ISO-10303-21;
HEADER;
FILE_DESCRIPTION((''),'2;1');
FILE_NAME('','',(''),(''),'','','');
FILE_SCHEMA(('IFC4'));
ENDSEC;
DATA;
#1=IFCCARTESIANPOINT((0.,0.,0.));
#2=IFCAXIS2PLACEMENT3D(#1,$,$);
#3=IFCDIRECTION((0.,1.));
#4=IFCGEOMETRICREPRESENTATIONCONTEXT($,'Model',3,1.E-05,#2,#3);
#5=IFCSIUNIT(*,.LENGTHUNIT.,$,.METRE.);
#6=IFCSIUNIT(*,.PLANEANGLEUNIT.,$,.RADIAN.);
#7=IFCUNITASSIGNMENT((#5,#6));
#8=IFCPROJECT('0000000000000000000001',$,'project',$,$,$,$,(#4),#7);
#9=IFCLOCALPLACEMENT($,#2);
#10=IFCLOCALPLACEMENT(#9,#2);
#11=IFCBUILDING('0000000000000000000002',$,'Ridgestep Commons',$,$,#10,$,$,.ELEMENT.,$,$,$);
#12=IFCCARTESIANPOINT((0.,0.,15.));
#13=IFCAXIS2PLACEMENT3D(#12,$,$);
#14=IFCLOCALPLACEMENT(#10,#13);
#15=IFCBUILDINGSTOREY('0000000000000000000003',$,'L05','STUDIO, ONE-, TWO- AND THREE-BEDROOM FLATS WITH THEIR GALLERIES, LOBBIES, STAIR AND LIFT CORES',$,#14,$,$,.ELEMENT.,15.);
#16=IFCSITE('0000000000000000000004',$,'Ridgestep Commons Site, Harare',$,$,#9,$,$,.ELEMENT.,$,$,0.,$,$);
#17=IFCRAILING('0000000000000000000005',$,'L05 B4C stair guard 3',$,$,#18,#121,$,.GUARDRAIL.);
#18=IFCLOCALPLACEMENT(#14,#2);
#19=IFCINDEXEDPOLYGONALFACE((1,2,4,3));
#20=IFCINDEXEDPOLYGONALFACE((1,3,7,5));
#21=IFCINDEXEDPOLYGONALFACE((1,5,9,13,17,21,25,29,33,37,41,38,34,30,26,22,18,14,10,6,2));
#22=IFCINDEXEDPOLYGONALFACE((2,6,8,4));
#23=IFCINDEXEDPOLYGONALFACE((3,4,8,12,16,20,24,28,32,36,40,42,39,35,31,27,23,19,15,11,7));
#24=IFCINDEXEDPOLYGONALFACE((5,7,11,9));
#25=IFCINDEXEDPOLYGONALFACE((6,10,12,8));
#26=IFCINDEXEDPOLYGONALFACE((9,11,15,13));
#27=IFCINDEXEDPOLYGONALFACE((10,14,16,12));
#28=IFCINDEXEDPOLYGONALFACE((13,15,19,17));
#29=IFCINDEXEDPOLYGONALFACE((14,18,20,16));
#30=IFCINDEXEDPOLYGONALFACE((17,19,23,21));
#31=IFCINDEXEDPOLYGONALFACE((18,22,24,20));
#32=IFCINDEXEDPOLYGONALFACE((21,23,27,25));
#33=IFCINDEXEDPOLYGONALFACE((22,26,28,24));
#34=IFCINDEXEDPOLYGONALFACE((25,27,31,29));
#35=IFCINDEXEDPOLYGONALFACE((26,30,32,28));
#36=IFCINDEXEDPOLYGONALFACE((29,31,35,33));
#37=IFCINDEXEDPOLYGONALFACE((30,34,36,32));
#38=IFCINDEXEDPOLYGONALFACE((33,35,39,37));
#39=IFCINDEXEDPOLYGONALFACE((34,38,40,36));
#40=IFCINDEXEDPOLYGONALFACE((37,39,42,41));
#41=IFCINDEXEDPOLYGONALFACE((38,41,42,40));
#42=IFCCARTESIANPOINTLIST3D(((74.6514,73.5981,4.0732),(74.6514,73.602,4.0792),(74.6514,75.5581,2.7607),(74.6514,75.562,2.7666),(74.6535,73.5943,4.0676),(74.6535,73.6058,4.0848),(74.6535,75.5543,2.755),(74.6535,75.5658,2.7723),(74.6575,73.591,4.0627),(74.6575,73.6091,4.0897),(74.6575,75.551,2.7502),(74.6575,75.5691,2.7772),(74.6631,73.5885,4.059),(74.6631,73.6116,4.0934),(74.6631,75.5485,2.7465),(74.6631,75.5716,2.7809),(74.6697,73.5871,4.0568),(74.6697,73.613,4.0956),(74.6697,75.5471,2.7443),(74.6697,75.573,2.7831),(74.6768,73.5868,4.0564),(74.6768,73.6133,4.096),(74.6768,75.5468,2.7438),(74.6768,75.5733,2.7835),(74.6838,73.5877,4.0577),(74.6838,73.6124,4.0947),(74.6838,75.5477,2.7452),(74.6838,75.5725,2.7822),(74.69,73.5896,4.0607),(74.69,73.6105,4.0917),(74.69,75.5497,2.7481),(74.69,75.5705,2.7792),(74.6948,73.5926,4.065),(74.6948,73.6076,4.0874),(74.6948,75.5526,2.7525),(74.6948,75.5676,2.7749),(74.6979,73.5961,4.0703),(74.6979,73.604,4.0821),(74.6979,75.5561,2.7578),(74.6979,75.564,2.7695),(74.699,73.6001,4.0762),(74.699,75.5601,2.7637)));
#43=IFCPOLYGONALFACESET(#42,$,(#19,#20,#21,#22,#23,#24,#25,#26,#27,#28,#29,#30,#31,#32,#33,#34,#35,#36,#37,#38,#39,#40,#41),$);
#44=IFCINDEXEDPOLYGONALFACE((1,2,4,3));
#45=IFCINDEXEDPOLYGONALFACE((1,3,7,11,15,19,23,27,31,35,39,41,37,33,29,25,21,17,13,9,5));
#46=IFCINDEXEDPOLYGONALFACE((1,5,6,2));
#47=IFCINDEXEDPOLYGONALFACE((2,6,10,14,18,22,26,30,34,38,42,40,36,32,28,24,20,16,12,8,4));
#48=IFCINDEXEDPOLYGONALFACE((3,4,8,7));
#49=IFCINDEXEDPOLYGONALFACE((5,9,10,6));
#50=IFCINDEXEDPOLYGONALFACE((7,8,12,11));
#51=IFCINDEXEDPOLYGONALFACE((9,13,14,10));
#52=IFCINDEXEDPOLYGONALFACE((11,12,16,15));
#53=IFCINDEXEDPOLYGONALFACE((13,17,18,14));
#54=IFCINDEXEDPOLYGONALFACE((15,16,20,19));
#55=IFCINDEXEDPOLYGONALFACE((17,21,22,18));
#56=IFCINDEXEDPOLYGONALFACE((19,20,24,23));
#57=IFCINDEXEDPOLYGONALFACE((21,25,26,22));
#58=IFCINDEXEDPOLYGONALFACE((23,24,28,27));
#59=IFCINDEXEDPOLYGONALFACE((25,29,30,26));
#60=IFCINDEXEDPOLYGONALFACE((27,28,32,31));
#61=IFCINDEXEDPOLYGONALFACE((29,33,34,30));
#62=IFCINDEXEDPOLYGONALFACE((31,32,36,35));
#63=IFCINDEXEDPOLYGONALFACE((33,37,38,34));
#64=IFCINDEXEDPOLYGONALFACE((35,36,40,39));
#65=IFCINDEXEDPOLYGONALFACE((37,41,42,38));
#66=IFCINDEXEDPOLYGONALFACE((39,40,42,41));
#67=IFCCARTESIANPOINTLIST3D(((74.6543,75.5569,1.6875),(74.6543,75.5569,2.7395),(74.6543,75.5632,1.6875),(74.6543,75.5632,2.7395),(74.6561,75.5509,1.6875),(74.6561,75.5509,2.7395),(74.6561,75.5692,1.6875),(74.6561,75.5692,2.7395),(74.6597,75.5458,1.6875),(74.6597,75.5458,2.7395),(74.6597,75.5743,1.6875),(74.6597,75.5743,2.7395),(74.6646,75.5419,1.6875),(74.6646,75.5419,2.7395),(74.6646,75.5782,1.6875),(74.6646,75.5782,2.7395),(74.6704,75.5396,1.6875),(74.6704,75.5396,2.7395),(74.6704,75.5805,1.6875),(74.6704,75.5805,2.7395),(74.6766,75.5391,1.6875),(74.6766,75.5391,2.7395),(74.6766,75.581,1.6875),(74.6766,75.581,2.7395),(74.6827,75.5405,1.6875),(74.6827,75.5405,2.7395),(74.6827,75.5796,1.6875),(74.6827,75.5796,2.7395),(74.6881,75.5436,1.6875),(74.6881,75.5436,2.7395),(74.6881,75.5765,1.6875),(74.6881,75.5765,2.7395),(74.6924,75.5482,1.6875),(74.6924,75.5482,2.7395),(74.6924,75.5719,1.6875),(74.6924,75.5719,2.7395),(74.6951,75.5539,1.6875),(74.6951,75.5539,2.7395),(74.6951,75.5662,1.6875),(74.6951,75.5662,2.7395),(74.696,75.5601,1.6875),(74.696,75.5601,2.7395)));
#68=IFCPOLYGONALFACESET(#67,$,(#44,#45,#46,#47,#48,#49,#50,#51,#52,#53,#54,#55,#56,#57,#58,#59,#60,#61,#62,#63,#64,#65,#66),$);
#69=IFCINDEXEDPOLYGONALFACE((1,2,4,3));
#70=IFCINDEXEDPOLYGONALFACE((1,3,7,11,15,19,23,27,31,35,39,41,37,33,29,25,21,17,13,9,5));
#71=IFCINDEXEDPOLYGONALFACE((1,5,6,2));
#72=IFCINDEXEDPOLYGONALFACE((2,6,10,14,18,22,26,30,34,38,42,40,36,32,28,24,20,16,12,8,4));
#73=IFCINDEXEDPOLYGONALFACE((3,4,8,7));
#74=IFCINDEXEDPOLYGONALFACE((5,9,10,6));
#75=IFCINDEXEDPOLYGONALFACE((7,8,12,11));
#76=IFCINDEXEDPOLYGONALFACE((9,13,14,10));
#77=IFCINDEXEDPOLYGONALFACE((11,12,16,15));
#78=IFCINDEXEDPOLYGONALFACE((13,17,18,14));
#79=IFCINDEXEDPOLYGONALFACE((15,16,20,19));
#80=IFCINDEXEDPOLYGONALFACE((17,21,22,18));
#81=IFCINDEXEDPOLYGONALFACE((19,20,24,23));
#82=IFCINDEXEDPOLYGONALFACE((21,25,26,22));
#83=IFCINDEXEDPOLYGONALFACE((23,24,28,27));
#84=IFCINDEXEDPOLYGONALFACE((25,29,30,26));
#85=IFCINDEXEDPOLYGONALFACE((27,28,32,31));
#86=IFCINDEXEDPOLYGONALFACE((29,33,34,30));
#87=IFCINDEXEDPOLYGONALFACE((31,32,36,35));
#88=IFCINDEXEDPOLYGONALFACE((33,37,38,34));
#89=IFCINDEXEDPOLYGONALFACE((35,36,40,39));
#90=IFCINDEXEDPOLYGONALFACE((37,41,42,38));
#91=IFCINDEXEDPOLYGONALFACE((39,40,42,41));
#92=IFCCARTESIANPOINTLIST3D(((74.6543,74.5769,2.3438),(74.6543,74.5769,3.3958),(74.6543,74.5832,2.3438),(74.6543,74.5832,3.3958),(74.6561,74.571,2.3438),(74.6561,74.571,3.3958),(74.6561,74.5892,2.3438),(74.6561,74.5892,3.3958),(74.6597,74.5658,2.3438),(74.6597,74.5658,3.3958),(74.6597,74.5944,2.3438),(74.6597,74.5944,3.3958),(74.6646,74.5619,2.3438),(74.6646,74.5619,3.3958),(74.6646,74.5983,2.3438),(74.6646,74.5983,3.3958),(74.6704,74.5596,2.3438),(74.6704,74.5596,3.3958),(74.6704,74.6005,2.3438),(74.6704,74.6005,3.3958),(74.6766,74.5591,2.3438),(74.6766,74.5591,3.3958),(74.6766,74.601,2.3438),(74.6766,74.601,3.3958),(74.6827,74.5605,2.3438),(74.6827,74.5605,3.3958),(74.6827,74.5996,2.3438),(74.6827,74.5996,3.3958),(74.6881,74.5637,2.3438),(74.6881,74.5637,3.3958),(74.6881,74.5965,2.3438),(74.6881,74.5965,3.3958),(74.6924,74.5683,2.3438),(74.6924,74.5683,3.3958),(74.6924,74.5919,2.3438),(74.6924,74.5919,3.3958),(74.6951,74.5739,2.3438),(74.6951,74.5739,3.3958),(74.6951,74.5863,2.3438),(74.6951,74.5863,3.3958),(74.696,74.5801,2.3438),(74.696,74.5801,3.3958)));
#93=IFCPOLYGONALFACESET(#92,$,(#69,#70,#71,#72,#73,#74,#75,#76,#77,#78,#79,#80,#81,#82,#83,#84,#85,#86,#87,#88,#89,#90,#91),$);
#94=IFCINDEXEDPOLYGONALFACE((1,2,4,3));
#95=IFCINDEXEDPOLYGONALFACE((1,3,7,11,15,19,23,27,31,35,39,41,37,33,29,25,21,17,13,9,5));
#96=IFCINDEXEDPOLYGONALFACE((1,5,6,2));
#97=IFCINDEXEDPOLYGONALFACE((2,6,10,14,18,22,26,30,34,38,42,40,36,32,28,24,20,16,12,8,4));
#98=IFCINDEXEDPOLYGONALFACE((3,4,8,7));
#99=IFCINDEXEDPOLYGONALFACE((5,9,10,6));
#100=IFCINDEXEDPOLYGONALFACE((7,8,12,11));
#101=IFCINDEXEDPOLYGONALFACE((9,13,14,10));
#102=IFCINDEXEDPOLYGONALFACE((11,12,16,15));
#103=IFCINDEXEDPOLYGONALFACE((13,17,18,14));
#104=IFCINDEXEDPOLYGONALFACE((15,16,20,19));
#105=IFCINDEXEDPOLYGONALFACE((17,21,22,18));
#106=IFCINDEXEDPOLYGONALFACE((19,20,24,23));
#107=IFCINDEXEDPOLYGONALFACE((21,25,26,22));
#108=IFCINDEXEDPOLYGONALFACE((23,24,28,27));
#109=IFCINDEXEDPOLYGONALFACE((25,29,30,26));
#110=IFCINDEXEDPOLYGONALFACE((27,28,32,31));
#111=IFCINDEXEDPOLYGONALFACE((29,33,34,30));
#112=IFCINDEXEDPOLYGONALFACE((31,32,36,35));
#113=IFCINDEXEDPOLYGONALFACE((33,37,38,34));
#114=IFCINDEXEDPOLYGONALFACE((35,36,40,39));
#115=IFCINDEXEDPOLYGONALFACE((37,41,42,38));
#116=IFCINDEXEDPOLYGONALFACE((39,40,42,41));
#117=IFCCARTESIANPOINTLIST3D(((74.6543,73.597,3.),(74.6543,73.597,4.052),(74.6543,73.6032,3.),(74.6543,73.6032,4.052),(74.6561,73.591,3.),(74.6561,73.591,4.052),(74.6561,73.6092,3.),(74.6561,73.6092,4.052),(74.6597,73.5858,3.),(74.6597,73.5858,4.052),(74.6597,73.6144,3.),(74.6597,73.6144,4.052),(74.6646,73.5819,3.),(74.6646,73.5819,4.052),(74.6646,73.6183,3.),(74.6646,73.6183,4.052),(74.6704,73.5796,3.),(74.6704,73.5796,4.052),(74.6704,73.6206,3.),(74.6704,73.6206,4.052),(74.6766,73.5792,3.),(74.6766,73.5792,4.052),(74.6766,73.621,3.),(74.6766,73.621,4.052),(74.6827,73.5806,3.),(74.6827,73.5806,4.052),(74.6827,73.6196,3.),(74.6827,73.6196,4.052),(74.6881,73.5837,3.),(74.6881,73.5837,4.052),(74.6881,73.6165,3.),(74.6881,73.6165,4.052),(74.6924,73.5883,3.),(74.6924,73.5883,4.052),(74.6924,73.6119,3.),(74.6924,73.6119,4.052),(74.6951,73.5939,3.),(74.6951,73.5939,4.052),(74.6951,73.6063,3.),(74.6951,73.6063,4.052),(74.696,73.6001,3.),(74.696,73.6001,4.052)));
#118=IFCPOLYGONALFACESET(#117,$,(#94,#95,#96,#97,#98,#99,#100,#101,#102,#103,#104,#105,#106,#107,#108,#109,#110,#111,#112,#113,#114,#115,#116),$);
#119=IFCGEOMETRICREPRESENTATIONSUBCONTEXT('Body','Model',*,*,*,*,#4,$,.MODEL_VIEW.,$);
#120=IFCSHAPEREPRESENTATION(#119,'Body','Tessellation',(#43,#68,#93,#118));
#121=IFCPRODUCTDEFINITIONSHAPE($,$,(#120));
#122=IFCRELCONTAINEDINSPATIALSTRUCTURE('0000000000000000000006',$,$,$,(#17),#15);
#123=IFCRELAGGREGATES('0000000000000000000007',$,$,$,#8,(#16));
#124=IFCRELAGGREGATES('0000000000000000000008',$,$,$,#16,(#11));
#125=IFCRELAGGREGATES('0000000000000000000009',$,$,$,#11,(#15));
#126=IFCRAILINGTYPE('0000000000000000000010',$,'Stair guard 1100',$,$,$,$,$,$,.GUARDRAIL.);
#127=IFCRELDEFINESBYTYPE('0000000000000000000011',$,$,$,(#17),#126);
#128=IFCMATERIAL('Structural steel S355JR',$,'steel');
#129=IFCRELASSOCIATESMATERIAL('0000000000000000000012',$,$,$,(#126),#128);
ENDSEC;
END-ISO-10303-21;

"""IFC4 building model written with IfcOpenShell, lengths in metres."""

from ifc_helpers import new_model, si_unit, direction, frame, origin, origin_2d, place, context, subcontext, project, spatial, circle, extrude, material, type_object, element, save


model = new_model("IFC4")

# Units and contexts
model_context = context("Model", 3, precision=1e-05, world=origin(), true_north=direction((0.0, 1.0)))
body_context = subcontext(model_context, "Body", "Model", "MODEL_VIEW")
ifc_project = project(units=[si_unit("LENGTHUNIT", "METRE"), si_unit("PLANEANGLEUNIT", "RADIAN")], contexts=[model_context])

# Site, building, storey
site_placement = place(None, origin())
site = spatial("IfcSite", under=ifc_project, at=site_placement, Name="Ridgestep Commons Site, Harare", CompositionType="ELEMENT", RefElevation=0.0)
building_placement = place(site_placement, origin())
building = spatial("IfcBuilding", under=site, at=building_placement, Name="Ridgestep Commons", CompositionType="ELEMENT")
storey_placement = place(building_placement, frame((0.0, 0.0, 15.0)))
storey = spatial("IfcBuildingStorey", under=building, at=storey_placement, Name="L05", Description="STUDIO, ONE-, TWO- AND THREE-BEDROOM FLATS WITH THEIR GALLERIES, LOBBIES, STAIR AND LIFT CORES", CompositionType="ELEMENT", Elevation=15.0)

# Railing
ifc_material_1 = material(Name="Structural steel S355JR", Category="steel")
railing_type_1 = type_object("IfcRailingType", Name="Stair guard 1100", PredefinedType="GUARDRAIL", material=ifc_material_1)
railing_1_placement = place(storey_placement, frame((74.675, 75.5601, 1.6875)))
element("IfcRailing", 1, at=railing_1_placement, inside=storey, type_object=railing_type_1, Name="L05 B4C stair guard 3", PredefinedType="GUARDRAIL", context=body_context, shape_type="SweptSolid", body=[
    extrude(circle(Radius=0.0239, at=origin_2d()), frame((0.0, 0.0, 1.0762), z_axis=(0.0, -0.830902, 0.556419), x_axis=(1.0, 0.0, 0.0)), (0.0, 0.0, 1.0), 2.3589),
    extrude(circle(Radius=0.021, at=origin_2d()), origin(), (0.0, 0.0, 1.0), 1.052),
    extrude(circle(Radius=0.021, at=origin_2d()), frame((0.0, -0.98, 0.6562)), (0.0, 0.0, 1.0), 1.052),
    extrude(circle(Radius=0.021, at=origin_2d()), frame((0.0, -1.96, 1.3125)), (0.0, 0.0, 1.0), 1.052),
])

save(model, "model.ifc")
